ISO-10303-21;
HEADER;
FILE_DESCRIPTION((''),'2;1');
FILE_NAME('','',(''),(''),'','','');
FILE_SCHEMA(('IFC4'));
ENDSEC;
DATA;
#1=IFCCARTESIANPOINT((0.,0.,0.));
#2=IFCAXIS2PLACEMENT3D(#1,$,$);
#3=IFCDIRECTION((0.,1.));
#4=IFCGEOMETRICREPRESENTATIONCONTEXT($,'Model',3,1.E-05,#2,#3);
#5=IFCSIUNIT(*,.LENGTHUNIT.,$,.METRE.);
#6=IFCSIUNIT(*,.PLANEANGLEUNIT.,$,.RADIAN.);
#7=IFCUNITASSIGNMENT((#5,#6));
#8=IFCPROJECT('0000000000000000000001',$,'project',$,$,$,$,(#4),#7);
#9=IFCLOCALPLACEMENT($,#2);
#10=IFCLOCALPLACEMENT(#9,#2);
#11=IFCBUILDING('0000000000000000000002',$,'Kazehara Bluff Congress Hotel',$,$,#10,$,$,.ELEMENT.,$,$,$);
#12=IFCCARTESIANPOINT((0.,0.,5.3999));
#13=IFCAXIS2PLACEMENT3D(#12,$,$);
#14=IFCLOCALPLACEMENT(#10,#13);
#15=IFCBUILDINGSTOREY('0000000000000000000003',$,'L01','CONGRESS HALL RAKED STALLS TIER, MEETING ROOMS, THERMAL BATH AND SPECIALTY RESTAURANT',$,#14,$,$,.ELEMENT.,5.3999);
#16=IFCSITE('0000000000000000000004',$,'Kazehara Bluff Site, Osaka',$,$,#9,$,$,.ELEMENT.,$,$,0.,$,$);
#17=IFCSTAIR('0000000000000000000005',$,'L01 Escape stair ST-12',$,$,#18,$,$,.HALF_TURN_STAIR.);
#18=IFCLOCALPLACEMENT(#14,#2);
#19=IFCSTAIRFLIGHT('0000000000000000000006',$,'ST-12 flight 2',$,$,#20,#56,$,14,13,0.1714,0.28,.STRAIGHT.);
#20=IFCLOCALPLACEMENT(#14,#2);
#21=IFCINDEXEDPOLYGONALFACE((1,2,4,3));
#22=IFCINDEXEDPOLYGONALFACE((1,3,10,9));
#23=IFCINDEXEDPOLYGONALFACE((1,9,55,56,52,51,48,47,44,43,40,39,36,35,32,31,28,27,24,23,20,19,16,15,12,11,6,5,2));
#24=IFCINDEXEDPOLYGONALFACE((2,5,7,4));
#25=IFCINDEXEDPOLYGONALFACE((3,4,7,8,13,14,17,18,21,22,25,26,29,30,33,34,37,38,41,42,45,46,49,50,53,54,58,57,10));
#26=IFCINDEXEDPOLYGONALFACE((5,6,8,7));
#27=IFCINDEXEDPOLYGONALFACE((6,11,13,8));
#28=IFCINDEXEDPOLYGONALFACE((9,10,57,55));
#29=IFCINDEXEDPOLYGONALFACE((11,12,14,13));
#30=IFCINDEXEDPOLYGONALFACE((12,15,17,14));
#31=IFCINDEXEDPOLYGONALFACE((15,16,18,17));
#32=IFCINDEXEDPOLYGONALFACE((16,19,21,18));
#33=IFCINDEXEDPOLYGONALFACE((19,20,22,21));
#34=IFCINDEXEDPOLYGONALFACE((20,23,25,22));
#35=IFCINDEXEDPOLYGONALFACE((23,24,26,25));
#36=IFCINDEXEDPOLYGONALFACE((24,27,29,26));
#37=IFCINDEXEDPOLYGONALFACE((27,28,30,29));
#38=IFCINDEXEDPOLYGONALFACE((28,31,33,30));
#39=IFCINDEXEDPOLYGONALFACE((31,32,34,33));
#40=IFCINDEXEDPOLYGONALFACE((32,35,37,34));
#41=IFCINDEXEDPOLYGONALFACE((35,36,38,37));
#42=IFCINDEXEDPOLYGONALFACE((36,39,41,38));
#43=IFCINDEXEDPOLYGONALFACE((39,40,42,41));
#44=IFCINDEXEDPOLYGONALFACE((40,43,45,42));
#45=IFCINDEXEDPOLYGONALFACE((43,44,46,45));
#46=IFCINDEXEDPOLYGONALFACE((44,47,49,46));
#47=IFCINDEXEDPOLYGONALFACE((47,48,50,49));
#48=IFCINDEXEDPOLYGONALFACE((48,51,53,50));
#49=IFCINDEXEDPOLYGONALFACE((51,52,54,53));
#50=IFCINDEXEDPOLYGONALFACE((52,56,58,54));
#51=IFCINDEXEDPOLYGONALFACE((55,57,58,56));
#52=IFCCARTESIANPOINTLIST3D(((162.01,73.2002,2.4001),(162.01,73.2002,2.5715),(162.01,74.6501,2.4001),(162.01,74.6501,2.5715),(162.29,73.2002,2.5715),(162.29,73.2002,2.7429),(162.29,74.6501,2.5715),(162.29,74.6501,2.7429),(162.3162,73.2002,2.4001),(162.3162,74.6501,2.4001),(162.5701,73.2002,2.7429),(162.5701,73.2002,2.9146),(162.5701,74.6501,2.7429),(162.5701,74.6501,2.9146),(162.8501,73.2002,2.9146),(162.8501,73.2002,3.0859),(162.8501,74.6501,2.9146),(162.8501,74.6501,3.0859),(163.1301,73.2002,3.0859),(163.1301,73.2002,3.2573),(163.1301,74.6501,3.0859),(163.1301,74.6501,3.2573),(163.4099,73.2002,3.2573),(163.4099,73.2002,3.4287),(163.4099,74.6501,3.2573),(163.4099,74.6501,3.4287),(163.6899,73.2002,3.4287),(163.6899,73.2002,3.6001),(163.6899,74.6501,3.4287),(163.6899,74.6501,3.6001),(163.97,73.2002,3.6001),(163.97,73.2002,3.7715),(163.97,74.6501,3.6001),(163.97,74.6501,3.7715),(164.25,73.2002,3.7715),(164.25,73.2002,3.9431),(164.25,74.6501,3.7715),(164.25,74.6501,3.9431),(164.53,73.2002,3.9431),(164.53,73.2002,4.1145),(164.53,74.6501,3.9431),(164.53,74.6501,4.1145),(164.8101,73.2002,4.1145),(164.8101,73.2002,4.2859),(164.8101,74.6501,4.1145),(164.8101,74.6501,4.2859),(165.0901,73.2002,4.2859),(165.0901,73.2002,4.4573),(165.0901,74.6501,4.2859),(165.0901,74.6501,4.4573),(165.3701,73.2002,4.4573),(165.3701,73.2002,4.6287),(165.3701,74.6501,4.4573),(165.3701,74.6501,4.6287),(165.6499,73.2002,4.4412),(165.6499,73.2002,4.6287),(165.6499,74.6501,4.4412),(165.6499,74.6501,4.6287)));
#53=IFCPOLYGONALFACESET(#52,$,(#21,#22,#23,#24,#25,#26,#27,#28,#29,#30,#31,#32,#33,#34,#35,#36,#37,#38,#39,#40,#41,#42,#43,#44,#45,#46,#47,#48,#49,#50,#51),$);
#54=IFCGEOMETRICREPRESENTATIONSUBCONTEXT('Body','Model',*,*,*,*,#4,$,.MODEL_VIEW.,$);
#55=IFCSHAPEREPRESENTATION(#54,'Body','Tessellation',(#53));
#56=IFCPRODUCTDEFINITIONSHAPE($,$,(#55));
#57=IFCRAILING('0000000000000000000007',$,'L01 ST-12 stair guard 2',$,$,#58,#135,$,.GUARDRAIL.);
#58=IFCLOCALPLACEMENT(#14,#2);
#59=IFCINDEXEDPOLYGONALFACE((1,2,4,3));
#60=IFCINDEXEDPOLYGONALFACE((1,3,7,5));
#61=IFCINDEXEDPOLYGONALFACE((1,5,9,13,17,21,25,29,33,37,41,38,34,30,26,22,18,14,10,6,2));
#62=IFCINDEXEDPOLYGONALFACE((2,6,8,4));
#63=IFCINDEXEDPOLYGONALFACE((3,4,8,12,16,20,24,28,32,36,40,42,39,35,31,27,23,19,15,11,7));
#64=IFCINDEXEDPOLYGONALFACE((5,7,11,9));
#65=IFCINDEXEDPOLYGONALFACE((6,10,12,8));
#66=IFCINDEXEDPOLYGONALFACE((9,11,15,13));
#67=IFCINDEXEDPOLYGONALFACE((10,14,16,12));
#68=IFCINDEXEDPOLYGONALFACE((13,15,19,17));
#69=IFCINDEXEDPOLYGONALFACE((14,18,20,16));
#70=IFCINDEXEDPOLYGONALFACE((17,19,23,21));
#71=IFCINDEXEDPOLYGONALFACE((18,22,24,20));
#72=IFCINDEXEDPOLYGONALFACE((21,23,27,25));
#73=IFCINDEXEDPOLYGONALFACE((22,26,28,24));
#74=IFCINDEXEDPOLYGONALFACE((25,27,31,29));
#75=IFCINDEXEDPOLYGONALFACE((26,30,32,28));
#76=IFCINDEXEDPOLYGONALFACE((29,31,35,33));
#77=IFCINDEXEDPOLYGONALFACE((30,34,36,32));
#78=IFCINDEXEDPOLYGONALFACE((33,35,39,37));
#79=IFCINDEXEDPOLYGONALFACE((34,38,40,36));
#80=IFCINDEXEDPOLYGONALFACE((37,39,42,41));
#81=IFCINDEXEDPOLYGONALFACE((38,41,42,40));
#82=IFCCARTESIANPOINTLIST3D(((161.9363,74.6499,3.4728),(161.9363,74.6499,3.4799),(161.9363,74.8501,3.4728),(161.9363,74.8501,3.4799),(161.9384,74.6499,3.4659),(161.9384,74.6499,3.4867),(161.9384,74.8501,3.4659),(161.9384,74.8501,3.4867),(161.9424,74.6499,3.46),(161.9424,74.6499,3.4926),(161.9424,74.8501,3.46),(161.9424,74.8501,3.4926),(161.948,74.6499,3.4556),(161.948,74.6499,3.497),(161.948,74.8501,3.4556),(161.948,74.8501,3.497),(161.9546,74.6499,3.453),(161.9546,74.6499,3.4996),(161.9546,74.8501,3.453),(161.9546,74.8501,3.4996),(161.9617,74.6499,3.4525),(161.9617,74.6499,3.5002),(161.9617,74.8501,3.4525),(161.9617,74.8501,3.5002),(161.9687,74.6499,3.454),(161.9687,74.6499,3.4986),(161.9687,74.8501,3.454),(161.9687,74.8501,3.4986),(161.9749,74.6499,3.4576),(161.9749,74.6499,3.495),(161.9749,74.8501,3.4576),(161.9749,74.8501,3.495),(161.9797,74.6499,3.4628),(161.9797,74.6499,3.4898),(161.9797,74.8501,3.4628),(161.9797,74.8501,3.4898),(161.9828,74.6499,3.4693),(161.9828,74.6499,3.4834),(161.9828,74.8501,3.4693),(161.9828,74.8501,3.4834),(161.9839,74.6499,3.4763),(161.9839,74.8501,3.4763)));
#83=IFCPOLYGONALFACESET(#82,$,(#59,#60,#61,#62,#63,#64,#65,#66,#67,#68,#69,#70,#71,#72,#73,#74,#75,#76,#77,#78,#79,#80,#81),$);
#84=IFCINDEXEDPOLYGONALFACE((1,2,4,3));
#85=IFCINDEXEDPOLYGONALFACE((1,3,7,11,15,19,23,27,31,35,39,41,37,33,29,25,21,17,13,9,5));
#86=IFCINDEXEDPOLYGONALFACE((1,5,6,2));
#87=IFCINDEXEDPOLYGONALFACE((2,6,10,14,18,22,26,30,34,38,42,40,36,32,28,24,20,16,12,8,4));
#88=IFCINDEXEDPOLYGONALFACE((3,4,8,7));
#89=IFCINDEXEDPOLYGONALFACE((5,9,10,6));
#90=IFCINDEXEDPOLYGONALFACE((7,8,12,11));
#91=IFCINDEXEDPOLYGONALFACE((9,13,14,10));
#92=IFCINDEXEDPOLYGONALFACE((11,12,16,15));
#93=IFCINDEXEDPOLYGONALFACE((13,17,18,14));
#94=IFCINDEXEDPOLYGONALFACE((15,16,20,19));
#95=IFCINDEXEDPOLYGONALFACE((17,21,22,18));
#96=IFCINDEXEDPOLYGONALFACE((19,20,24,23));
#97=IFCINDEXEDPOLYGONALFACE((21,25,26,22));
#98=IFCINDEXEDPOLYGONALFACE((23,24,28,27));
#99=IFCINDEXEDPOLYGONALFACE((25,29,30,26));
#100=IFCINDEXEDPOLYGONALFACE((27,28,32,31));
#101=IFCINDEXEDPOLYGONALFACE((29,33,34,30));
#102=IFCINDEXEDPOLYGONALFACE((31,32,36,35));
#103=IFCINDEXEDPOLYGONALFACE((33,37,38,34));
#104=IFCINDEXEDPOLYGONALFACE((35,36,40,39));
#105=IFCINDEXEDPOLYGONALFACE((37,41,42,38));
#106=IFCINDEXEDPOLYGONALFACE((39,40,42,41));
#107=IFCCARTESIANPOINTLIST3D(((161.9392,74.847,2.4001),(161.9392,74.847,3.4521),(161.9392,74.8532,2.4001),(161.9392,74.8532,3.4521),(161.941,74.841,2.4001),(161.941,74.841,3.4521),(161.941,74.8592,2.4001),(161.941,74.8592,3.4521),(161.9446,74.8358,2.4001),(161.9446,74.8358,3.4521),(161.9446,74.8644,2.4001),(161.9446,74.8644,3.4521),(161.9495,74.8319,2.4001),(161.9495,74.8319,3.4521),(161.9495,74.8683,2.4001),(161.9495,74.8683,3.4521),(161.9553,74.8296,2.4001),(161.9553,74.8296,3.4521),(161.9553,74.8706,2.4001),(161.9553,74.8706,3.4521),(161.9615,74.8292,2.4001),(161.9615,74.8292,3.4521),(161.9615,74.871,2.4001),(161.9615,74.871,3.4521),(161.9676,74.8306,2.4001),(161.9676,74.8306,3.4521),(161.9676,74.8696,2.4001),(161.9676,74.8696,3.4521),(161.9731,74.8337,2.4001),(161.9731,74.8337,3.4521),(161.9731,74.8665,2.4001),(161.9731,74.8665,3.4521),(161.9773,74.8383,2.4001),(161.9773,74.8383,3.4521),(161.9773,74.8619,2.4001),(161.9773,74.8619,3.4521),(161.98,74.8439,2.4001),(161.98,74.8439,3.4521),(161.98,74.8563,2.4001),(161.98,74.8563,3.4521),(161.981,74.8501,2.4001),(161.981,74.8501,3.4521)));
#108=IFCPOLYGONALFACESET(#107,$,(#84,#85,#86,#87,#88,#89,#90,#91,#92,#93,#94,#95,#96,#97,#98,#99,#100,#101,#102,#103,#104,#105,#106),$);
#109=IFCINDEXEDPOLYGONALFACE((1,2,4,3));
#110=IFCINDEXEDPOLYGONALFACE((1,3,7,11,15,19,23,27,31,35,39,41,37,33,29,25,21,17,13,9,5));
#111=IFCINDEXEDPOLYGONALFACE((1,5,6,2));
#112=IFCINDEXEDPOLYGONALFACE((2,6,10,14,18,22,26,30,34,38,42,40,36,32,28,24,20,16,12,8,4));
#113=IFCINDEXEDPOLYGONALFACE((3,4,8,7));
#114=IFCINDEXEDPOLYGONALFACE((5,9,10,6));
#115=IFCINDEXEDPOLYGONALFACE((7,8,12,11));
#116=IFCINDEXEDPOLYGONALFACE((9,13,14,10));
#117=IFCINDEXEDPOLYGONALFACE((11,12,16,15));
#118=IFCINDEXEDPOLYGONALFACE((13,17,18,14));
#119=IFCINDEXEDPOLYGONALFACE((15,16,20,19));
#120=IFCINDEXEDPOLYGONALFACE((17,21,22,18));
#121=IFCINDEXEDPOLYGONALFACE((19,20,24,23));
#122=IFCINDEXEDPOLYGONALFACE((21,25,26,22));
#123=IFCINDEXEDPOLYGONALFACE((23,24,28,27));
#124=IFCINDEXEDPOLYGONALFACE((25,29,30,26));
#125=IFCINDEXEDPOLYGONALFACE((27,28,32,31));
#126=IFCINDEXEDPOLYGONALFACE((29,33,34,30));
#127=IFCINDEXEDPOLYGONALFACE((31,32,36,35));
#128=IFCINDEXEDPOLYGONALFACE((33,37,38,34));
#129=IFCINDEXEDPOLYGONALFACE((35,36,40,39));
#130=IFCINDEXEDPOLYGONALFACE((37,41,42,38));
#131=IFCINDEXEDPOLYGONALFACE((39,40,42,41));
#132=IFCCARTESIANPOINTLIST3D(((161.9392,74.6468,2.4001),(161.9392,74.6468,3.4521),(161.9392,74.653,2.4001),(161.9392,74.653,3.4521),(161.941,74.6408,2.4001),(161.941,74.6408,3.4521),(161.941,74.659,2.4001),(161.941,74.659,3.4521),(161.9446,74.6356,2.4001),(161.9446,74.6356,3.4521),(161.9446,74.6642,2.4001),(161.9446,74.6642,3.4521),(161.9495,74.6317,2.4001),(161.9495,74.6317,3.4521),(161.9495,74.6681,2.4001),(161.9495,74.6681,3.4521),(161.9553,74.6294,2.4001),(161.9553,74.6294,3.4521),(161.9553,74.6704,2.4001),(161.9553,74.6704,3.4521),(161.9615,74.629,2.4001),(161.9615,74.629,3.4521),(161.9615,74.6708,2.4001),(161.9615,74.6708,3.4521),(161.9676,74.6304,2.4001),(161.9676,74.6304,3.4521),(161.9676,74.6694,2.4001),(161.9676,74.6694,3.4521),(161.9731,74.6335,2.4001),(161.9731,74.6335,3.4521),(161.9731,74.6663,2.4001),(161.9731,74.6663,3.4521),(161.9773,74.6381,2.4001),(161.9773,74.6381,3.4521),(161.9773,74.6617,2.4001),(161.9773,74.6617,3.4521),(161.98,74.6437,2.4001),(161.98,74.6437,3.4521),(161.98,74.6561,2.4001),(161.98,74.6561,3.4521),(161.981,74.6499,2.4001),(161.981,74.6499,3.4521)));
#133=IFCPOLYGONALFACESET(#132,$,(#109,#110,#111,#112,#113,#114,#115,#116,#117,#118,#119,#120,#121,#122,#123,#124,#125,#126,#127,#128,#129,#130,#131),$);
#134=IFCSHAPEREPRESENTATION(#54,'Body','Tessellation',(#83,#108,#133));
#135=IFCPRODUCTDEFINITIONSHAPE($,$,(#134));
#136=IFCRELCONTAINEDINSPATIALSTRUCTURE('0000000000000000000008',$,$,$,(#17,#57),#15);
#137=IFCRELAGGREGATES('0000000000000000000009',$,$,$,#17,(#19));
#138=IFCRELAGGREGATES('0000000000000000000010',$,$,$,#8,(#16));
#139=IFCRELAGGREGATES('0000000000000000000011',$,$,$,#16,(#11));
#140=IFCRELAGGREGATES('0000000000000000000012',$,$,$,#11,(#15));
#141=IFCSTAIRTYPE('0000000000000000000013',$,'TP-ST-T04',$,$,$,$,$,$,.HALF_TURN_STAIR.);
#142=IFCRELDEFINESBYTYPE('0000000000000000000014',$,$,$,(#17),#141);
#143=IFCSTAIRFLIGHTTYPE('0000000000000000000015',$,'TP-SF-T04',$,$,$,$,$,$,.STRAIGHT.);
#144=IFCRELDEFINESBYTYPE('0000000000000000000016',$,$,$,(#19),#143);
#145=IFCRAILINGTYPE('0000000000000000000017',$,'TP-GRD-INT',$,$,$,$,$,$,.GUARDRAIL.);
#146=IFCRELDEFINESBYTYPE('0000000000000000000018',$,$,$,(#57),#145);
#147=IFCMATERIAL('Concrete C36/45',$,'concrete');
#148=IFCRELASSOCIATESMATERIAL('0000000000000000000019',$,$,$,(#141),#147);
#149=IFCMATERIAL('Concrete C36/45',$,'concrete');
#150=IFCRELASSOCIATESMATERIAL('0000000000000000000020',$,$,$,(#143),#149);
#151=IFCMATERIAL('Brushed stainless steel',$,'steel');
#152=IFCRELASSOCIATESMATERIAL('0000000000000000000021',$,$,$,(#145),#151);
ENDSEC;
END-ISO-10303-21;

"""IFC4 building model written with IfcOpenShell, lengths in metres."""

from ifc_helpers import new_model, si_unit, direction, frame, origin, origin_2d, place, context, subcontext, project, spatial, polyline, circle, outline, extrude, material, type_object, element, aggregate, save


model = new_model("IFC4")

# Units and contexts
model_context = context("Model", 3, precision=1e-05, world=origin(), true_north=direction((0.0, 1.0)))
body_context = subcontext(model_context, "Body", "Model", "MODEL_VIEW")
ifc_project = project(units=[si_unit("LENGTHUNIT", "METRE"), si_unit("PLANEANGLEUNIT", "RADIAN")], contexts=[model_context])

# Site, building, storey
site_placement = place(None, origin())
site = spatial("IfcSite", under=ifc_project, at=site_placement, Name="Kazehara Bluff Site, Osaka", CompositionType="ELEMENT", RefElevation=0.0)
building_placement = place(site_placement, origin())
building = spatial("IfcBuilding", under=site, at=building_placement, Name="Kazehara Bluff Congress Hotel", CompositionType="ELEMENT")
storey_placement = place(building_placement, frame((0.0, 0.0, 5.3999)))
storey = spatial("IfcBuildingStorey", under=building, at=storey_placement, Name="L01", Description="CONGRESS HALL RAKED STALLS TIER, MEETING ROOMS, THERMAL BATH AND SPECIALTY RESTAURANT", CompositionType="ELEMENT", Elevation=5.3999)

# Stair, stair flight
ifc_material_1 = material(Name="Concrete C36/45", Category="concrete")
stair_type = type_object("IfcStairType", Name="TP-ST-T04", PredefinedType="HALF_TURN_STAIR", material=ifc_material_1)
stair_placement = place(storey_placement, origin())
stair = element("IfcStair", 1, at=stair_placement, inside=storey, type_object=stair_type, Name="L01 Escape stair ST-12", PredefinedType="HALF_TURN_STAIR")
ifc_material_2 = material(Name="Concrete C36/45", Category="concrete")
stair_flight_type = type_object("IfcStairFlightType", Name="TP-SF-T04", PredefinedType="STRAIGHT", material=ifc_material_2)
stair_flight_placement = place(storey_placement, frame((162.01, 73.925, 2.4001), z_axis=(0.0, 0.0, 1.0), x_axis=(1.0, 0.0, 0.0)))
stair_flight = element("IfcStairFlight", 2, at=stair_flight_placement, type_object=stair_flight_type, Name="ST-12 flight 2", NumberOfRisers=14, NumberOfTreads=13, PredefinedType="STRAIGHT", RiserHeight=0.1714, TreadLength=0.28, context=body_context, shape_type="SweptSolid", body=[
    extrude(outline(polyline([(0.0, 0.0), (0.0, 0.1714), (0.28, 0.1714), (0.28, 0.3428), (0.5601, 0.3428), (0.5601, 0.5144), (0.8401, 0.5144), (0.8401, 0.6858), (1.1201, 0.6858), (1.1201, 0.8572), (1.3999, 0.8572), (1.3999, 1.0286), (1.6799, 1.0286), (1.6799, 1.2), (1.96, 1.2), (1.96, 1.3713), (2.24, 1.3713), (2.24, 1.543), (2.52, 1.543), (2.52, 1.7144), (2.8, 1.7144), (2.8, 1.8857), (3.0801, 1.8857), (3.0801, 2.0571), (3.3601, 2.0571), (3.3601, 2.2285), (3.6399, 2.2285), (3.6399, 2.3999), (3.6399, 2.041), (0.3062, 0.0), (0.0, 0.0)])), frame((0.0, 0.7251, 0.0), z_axis=(0.0, -1.0, 0.0), x_axis=(1.0, 0.0, 0.0)), (0.0, 0.0, 1.0), 1.45),
])
aggregate(stair, [stair_flight])

# Railing
ifc_material_3 = material(Name="Brushed stainless steel", Category="steel")
railing_type_1 = type_object("IfcRailingType", Name="TP-GRD-INT", PredefinedType="GUARDRAIL", material=ifc_material_3)
railing_1_placement = place(storey_placement, frame((161.96, 74.8501, 2.4001)))
element("IfcRailing", 3, at=railing_1_placement, inside=storey, type_object=railing_type_1, Name="L01 ST-12 stair guard 2", PredefinedType="GUARDRAIL", context=body_context, shape_type="SweptSolid", body=[
    extrude(circle(Radius=0.0239, at=origin_2d()), frame((0.0, 0.0, 1.0762), z_axis=(0.0, -1.0, 0.0), x_axis=(1.0, 0.0, 0.0)), (0.0, 0.0, 1.0), 0.2002),
    extrude(circle(Radius=0.021, at=origin_2d()), origin(), (0.0, 0.0, 1.0), 1.052),
    extrude(circle(Radius=0.021, at=origin_2d()), frame((0.0, -0.2002, 0.0)), (0.0, 0.0, 1.0), 1.052),
])

save(model, "model.ifc")
